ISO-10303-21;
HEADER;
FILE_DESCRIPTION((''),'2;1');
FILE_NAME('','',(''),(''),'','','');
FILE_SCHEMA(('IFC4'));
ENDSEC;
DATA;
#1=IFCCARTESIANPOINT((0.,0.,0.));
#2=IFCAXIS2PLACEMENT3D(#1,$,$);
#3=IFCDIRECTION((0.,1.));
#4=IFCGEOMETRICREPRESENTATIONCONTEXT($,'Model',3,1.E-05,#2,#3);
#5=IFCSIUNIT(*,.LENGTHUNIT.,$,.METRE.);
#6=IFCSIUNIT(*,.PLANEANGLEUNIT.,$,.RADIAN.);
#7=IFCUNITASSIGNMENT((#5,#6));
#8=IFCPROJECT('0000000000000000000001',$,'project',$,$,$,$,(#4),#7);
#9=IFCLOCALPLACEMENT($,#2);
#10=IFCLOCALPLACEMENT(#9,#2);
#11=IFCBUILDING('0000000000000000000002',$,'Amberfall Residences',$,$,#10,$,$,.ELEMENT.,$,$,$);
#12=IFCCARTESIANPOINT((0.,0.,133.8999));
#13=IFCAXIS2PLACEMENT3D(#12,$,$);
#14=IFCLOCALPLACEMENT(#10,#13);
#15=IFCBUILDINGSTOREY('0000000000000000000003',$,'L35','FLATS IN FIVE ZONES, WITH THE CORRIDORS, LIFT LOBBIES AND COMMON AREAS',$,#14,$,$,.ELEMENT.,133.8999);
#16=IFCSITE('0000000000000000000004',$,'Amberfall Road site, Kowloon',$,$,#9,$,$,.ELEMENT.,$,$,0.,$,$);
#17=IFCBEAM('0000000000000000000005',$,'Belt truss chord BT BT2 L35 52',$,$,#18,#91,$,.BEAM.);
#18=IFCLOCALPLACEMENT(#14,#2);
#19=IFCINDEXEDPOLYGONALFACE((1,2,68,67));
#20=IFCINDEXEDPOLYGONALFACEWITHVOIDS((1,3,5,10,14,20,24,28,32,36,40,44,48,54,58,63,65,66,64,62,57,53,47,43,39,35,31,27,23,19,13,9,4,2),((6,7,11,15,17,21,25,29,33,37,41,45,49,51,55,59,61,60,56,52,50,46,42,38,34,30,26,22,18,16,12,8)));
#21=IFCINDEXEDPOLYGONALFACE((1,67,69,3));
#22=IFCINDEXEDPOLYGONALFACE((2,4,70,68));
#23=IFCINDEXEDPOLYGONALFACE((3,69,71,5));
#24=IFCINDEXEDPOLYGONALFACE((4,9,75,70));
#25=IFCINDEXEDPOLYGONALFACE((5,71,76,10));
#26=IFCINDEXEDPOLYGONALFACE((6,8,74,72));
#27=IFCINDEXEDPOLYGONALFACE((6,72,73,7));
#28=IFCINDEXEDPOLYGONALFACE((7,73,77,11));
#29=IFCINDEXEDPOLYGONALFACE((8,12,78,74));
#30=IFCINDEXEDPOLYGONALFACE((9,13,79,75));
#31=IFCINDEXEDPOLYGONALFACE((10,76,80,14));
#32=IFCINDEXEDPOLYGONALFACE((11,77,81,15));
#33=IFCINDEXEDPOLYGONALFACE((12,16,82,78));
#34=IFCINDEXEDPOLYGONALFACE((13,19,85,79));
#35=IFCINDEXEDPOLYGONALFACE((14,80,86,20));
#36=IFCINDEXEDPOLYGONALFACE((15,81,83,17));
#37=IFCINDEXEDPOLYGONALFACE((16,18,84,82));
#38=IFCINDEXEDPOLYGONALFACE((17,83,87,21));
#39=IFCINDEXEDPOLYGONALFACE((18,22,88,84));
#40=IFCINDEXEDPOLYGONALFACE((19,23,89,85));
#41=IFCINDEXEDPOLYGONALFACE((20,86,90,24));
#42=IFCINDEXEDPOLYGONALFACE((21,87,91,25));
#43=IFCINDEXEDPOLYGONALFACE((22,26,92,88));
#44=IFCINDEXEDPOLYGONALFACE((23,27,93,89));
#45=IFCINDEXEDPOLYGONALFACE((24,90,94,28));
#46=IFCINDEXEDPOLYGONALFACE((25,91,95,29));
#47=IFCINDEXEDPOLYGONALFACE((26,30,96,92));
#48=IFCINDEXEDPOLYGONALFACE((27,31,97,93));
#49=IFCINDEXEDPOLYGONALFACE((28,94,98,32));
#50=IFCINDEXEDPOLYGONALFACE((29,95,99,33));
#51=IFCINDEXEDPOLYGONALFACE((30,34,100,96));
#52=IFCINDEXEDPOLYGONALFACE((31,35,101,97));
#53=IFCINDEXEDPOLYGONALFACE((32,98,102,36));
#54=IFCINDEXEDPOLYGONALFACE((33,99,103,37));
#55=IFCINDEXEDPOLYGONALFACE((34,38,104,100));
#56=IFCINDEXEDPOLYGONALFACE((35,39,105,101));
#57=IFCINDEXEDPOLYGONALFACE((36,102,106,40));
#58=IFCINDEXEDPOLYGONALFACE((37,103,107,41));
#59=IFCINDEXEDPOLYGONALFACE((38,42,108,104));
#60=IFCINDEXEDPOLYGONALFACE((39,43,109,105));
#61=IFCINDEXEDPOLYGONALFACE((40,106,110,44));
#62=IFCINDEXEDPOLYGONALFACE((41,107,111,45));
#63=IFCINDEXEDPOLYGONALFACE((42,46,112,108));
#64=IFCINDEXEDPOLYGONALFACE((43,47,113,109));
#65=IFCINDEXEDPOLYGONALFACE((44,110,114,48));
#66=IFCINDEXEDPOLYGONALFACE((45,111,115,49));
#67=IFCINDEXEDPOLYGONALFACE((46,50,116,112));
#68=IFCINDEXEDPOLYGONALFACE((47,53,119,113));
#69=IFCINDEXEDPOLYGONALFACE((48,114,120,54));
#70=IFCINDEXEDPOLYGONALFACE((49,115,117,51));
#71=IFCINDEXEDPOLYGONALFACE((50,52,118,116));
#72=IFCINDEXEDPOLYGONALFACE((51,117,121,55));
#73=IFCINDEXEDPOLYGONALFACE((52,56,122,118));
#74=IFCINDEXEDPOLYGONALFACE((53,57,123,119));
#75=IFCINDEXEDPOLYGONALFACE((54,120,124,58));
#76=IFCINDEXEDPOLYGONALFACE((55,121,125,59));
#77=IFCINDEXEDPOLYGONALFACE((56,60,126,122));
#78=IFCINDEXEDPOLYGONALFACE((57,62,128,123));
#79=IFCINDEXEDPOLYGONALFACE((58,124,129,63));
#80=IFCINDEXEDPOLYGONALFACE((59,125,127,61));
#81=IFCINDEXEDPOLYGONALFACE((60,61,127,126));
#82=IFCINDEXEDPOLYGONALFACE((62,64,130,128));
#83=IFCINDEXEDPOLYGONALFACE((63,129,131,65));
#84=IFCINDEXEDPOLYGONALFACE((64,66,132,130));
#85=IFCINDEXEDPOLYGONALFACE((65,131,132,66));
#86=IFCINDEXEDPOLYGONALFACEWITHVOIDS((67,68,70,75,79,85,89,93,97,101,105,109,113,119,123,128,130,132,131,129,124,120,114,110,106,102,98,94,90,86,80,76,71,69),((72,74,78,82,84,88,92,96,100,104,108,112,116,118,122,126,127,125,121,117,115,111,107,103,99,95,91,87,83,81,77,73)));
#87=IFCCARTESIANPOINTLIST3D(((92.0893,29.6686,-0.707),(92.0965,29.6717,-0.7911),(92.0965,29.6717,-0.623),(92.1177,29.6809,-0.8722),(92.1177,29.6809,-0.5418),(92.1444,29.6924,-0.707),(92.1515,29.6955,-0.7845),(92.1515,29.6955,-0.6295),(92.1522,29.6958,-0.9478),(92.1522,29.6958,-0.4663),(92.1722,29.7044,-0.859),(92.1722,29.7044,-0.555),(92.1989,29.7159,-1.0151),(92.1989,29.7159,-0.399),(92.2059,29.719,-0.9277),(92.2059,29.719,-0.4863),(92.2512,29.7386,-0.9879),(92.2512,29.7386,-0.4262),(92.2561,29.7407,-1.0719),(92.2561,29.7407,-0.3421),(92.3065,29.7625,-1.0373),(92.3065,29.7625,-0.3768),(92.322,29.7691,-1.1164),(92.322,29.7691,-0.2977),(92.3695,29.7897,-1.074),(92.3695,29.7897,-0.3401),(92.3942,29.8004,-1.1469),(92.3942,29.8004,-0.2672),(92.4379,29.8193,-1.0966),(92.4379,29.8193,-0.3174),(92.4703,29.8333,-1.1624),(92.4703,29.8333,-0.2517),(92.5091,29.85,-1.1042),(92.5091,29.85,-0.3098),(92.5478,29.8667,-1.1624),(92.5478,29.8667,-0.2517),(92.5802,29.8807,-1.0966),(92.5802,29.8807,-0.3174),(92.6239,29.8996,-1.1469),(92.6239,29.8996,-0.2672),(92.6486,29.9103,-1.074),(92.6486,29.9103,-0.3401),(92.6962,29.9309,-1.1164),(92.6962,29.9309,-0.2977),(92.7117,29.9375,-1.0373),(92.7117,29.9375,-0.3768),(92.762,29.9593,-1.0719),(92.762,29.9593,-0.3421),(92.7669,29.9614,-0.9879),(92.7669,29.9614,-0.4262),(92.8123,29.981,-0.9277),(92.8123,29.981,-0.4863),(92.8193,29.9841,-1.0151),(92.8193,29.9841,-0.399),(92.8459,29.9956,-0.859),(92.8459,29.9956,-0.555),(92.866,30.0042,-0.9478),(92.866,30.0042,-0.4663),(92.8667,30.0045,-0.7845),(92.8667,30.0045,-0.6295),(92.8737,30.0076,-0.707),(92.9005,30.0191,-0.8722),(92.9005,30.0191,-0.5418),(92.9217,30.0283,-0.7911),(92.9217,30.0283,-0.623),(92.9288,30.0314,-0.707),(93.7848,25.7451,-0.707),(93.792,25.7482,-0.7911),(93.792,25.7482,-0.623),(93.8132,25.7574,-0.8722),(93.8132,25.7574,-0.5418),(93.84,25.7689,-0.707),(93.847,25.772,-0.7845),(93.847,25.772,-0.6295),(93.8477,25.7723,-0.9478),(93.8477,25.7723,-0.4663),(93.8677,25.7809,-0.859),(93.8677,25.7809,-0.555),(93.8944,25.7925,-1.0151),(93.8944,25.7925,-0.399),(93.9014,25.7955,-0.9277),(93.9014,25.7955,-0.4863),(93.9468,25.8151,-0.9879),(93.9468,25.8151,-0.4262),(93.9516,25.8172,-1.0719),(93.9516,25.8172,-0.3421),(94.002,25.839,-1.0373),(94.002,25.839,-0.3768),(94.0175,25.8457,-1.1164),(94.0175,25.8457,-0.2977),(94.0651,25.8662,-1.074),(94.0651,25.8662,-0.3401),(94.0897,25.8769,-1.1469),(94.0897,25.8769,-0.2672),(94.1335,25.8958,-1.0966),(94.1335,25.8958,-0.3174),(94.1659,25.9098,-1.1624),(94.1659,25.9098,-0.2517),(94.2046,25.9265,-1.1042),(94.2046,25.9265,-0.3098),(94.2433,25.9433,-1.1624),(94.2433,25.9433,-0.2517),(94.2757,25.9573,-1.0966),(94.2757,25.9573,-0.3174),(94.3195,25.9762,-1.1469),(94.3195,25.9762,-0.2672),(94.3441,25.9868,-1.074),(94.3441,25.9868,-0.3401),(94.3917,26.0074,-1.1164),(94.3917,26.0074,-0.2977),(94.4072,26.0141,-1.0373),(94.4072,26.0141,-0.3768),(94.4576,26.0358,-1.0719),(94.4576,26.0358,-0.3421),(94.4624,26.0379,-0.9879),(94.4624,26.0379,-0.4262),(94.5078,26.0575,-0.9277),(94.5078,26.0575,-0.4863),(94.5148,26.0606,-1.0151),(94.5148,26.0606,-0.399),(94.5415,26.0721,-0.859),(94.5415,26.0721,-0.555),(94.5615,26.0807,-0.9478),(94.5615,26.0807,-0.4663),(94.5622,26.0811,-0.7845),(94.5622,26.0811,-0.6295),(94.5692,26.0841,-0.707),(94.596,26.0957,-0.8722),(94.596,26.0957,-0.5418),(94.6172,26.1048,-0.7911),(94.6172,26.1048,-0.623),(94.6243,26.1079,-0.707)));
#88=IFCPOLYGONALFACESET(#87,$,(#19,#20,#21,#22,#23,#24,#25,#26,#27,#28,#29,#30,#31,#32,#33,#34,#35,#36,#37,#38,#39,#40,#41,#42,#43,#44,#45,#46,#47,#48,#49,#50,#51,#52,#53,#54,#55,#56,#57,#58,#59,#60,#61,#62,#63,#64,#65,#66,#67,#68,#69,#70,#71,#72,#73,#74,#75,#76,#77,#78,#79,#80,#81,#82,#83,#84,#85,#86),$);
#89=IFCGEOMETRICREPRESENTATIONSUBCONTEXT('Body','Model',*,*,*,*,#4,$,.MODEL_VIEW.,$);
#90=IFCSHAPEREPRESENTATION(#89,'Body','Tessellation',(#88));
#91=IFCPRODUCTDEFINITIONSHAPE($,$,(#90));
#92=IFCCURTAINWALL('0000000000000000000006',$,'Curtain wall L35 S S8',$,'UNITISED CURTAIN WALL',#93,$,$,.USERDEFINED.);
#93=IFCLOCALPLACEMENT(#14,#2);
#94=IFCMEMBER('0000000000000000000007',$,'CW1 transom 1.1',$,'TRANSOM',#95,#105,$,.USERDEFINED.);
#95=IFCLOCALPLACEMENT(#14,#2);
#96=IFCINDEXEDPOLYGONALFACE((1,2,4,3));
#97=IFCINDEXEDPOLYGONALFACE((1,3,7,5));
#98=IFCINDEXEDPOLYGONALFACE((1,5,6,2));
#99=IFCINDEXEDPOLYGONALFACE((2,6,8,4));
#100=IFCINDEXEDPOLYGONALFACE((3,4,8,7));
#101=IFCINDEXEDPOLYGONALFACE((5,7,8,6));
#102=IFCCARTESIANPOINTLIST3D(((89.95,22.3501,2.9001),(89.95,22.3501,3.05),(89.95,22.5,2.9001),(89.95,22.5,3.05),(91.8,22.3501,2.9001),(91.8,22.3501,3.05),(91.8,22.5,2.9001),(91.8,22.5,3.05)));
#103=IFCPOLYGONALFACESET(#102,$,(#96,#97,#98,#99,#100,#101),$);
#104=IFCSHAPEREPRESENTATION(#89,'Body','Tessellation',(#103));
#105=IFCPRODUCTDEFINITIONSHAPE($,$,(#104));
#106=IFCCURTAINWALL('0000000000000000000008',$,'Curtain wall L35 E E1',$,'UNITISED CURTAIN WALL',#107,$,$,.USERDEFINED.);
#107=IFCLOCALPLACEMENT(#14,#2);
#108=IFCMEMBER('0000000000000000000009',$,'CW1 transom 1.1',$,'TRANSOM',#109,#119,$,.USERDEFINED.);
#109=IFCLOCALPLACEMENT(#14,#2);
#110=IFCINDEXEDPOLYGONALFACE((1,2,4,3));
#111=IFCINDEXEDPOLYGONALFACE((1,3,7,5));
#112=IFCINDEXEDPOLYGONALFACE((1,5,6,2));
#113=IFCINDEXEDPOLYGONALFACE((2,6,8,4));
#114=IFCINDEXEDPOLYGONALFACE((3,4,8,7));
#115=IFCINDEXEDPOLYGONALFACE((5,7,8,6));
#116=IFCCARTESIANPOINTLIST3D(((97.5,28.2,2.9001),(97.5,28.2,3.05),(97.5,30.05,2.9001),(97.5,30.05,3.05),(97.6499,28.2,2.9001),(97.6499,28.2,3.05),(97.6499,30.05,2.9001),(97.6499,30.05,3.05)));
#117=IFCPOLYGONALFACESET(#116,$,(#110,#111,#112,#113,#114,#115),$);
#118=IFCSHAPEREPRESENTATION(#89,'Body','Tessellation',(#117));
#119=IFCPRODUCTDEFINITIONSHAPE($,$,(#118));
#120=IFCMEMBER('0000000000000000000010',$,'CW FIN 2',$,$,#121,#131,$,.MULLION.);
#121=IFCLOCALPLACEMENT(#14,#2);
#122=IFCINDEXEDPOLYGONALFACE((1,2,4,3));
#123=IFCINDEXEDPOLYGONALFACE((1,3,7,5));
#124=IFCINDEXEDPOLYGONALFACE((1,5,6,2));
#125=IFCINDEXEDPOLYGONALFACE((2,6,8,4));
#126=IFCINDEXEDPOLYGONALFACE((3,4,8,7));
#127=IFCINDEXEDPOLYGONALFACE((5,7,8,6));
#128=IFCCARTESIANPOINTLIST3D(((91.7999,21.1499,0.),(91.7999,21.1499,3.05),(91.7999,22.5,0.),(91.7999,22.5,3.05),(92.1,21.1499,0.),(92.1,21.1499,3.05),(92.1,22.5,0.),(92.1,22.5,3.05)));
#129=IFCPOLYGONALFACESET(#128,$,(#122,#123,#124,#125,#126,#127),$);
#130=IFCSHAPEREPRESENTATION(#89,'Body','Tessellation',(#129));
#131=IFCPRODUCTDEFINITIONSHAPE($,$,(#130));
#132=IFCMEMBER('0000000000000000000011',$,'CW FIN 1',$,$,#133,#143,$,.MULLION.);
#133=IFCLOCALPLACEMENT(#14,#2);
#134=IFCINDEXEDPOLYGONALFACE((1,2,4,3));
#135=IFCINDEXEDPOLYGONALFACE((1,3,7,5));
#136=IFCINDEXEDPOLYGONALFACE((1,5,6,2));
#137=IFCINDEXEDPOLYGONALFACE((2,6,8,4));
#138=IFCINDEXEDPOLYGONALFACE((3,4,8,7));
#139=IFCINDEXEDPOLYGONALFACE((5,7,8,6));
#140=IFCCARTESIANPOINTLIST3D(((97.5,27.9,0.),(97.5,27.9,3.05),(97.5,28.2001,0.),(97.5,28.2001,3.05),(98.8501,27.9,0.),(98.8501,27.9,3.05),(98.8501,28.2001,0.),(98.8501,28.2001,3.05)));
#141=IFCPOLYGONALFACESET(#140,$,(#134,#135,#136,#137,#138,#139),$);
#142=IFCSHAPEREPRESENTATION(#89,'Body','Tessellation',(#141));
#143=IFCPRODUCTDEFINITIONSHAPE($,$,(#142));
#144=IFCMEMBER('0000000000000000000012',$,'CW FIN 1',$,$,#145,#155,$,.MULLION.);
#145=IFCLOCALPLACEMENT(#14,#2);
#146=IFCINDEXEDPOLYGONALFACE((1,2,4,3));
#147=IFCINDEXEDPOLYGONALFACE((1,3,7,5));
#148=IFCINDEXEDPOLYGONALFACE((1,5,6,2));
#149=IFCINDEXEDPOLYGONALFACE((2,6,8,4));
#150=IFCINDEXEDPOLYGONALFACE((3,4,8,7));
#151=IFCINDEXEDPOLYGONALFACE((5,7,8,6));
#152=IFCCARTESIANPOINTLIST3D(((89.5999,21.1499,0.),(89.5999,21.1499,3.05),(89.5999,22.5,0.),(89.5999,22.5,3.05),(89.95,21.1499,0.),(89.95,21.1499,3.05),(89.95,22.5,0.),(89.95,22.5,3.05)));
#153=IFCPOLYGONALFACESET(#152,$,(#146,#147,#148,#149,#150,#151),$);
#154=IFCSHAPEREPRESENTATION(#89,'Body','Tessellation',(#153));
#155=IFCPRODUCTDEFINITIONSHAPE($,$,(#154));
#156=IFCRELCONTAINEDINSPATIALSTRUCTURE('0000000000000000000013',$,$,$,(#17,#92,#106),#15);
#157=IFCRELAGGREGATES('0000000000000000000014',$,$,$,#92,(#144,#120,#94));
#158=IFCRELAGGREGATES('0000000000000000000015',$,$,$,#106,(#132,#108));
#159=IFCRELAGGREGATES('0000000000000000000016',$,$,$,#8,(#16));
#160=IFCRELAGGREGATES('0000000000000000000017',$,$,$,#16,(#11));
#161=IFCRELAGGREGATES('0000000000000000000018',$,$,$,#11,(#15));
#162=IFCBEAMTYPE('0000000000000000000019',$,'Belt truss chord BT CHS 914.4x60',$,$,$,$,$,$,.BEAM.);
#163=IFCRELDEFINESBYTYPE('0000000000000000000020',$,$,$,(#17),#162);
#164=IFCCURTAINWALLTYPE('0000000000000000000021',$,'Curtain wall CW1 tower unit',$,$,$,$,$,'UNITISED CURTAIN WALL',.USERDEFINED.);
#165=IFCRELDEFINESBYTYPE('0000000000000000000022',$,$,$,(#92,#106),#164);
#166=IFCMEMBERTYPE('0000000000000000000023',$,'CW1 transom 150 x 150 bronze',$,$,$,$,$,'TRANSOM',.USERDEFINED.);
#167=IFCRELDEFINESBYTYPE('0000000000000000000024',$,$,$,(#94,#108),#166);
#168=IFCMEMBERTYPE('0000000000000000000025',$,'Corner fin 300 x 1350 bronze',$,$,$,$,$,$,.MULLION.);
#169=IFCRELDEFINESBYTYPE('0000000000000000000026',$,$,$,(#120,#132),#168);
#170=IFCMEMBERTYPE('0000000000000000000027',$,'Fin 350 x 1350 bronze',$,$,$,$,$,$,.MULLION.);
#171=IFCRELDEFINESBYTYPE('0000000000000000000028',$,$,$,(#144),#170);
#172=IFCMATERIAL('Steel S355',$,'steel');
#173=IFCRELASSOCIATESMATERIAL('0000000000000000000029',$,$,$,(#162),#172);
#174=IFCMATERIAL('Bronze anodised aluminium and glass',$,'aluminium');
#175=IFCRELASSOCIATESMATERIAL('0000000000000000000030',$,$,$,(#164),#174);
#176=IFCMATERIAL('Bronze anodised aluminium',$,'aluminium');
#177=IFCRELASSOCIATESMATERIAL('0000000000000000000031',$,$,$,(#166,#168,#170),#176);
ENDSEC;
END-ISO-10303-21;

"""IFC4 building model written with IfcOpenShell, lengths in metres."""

from ifc_helpers import new_model, si_unit, direction, frame, origin, origin_2d, place, context, subcontext, project, spatial, rectangle, hollow_circle, extrude, material, material_profile, profile_set, type_object, element, aggregate, save


model = new_model("IFC4")

# Units and contexts
model_context = context("Model", 3, precision=1e-05, world=origin(), true_north=direction((0.0, 1.0)))
body_context = subcontext(model_context, "Body", "Model", "MODEL_VIEW")
ifc_project = project(units=[si_unit("LENGTHUNIT", "METRE"), si_unit("PLANEANGLEUNIT", "RADIAN")], contexts=[model_context])

# Site, building, storey
site_placement = place(None, origin())
site = spatial("IfcSite", under=ifc_project, at=site_placement, Name="Amberfall Road site, Kowloon", CompositionType="ELEMENT", RefElevation=0.0)
building_placement = place(site_placement, origin())
building = spatial("IfcBuilding", under=site, at=building_placement, Name="Amberfall Residences", CompositionType="ELEMENT")
storey_placement = place(building_placement, frame((0.0, 0.0, 133.8999)))
storey = spatial("IfcBuildingStorey", under=building, at=storey_placement, Name="L35", Description="FLATS IN FIVE ZONES, WITH THE CORRIDORS, LIFT LOBBIES AND COMMON AREAS", CompositionType="ELEMENT", Elevation=133.8999)

# Beam
ifc_material_1 = material(Name="Steel S355", Category="steel")
ifc_material_profile_1 = material_profile(ifc_material_1, hollow_circle(Radius=0.4573, WallThickness=0.0601, at=origin_2d()), Name="CHS 914.4x60")
ifc_profile_set_1 = profile_set([ifc_material_profile_1], Name="Steel S355")
beam_type_1 = type_object("IfcBeamType", Name="Belt truss chord BT CHS 914.4x60", PredefinedType="BEAM", material=ifc_profile_set_1)
beam_1_placement = place(storey_placement, frame((94.2046, 25.9265, -0.707), z_axis=(-0.396689, 0.917953, 0.0), x_axis=(-0.917953, -0.396689, 0.0)))
element("IfcBeam", 1, at=beam_1_placement, inside=storey, type_object=beam_type_1, Name="Belt truss chord BT BT2 L35 52", PredefinedType="BEAM", context=body_context, shape_type="SweptSolid", body=[
    extrude(hollow_circle(Radius=0.4573, WallThickness=0.0601, at=origin_2d()), origin(), (0.0, 0.0, 1.0), 4.2742),
])

# Curtain walls, members
ifc_material_2 = material(Name="Bronze anodised aluminium and glass", Category="aluminium")
curtain_wall_type = type_object("IfcCurtainWallType", Name="Curtain wall CW1 tower unit", ElementType="UNITISED CURTAIN WALL", PredefinedType="USERDEFINED", material=ifc_material_2)
curtain_wall_1_placement = place(storey_placement, origin())
curtain_wall_1 = element("IfcCurtainWall", 2, at=curtain_wall_1_placement, inside=storey, type_object=curtain_wall_type, Name="Curtain wall L35 S S8", ObjectType="UNITISED CURTAIN WALL", PredefinedType="USERDEFINED")
ifc_material_3 = material(Name="Bronze anodised aluminium", Category="aluminium")
ifc_material_profile_2 = material_profile(ifc_material_3, rectangle(XDim=0.1499, YDim=0.1499, at=origin_2d()), Name="CW1 transom 150 x 150 bronze")
ifc_profile_set_2 = profile_set([ifc_material_profile_2], Name="Bronze anodised aluminium")
member_type_1 = type_object("IfcMemberType", Name="CW1 transom 150 x 150 bronze", ElementType="TRANSOM", PredefinedType="USERDEFINED", material=ifc_profile_set_2)
member_1_placement = place(storey_placement, frame((89.95, 22.425, 2.9751), z_axis=(1.0, 0.0, 0.0), x_axis=(0.0, 1.0, 0.0)))
member_1 = element("IfcMember", 3, at=member_1_placement, type_object=member_type_1, Name="CW1 transom 1.1", ObjectType="TRANSOM", PredefinedType="USERDEFINED", context=body_context, shape_type="SweptSolid", body=[
    extrude(rectangle(XDim=0.1499, YDim=0.1499, at=origin_2d()), origin(), (0.0, 0.0, 1.0), 1.8501),
])
curtain_wall_2_placement = place(storey_placement, origin())
curtain_wall_2 = element("IfcCurtainWall", 4, at=curtain_wall_2_placement, inside=storey, type_object=curtain_wall_type, Name="Curtain wall L35 E E1", ObjectType="UNITISED CURTAIN WALL", PredefinedType="USERDEFINED")
member_2_placement = place(storey_placement, frame((97.575, 28.2, 2.9751), z_axis=(0.0, 1.0, 0.0), x_axis=(-1.0, 0.0, 0.0)))
member_2 = element("IfcMember", 5, at=member_2_placement, type_object=member_type_1, Name="CW1 transom 1.1", ObjectType="TRANSOM", PredefinedType="USERDEFINED", context=body_context, shape_type="SweptSolid", body=[
    extrude(rectangle(XDim=0.1499, YDim=0.1499, at=origin_2d()), origin(), (0.0, 0.0, 1.0), 1.8501),
])

# Members
ifc_material_profile_3 = material_profile(ifc_material_3, rectangle(XDim=1.3501, YDim=0.3, at=origin_2d()), Name="Corner fin 300 x 1350 bronze")
ifc_profile_set_3 = profile_set([ifc_material_profile_3], Name="Bronze anodised aluminium")
member_type_2 = type_object("IfcMemberType", Name="Corner fin 300 x 1350 bronze", PredefinedType="MULLION", material=ifc_profile_set_3)
member_3_placement = place(storey_placement, frame((91.95, 21.825, 0.0), z_axis=(0.0, 0.0, 1.0), x_axis=(0.0, 1.0, 0.0)))
member_3 = element("IfcMember", 6, at=member_3_placement, type_object=member_type_2, Name="CW FIN 2", PredefinedType="MULLION", context=body_context, shape_type="SweptSolid", body=[
    extrude(rectangle(XDim=1.3501, YDim=0.3, at=origin_2d()), origin(), (0.0, 0.0, 1.0), 3.05),
])
member_4_placement = place(storey_placement, frame((98.175, 28.05, 0.0), z_axis=(0.0, 0.0, 1.0), x_axis=(-1.0, 0.0, 0.0)))
member_4 = element("IfcMember", 7, at=member_4_placement, type_object=member_type_2, Name="CW FIN 1", PredefinedType="MULLION", context=body_context, shape_type="SweptSolid", body=[
    extrude(rectangle(XDim=1.3501, YDim=0.3, at=origin_2d()), origin(), (0.0, 0.0, 1.0), 3.05),
])
ifc_material_profile_4 = material_profile(ifc_material_3, rectangle(XDim=1.3501, YDim=0.3501, at=origin_2d()), Name="Fin 350 x 1350 bronze")
ifc_profile_set_4 = profile_set([ifc_material_profile_4], Name="Bronze anodised aluminium")
member_type_3 = type_object("IfcMemberType", Name="Fin 350 x 1350 bronze", PredefinedType="MULLION", material=ifc_profile_set_4)
member_5_placement = place(storey_placement, frame((89.7749, 21.825, 0.0), z_axis=(0.0, 0.0, 1.0), x_axis=(0.0, 1.0, 0.0)))
member_5 = element("IfcMember", 8, at=member_5_placement, type_object=member_type_3, Name="CW FIN 1", PredefinedType="MULLION", context=body_context, shape_type="SweptSolid", body=[
    extrude(rectangle(XDim=1.3501, YDim=0.3501, at=origin_2d()), origin(), (0.0, 0.0, 1.0), 3.05),
])

aggregate(curtain_wall_1, [member_5, member_3, member_1])
aggregate(curtain_wall_2, [member_4, member_2])

save(model, "model.ifc")
